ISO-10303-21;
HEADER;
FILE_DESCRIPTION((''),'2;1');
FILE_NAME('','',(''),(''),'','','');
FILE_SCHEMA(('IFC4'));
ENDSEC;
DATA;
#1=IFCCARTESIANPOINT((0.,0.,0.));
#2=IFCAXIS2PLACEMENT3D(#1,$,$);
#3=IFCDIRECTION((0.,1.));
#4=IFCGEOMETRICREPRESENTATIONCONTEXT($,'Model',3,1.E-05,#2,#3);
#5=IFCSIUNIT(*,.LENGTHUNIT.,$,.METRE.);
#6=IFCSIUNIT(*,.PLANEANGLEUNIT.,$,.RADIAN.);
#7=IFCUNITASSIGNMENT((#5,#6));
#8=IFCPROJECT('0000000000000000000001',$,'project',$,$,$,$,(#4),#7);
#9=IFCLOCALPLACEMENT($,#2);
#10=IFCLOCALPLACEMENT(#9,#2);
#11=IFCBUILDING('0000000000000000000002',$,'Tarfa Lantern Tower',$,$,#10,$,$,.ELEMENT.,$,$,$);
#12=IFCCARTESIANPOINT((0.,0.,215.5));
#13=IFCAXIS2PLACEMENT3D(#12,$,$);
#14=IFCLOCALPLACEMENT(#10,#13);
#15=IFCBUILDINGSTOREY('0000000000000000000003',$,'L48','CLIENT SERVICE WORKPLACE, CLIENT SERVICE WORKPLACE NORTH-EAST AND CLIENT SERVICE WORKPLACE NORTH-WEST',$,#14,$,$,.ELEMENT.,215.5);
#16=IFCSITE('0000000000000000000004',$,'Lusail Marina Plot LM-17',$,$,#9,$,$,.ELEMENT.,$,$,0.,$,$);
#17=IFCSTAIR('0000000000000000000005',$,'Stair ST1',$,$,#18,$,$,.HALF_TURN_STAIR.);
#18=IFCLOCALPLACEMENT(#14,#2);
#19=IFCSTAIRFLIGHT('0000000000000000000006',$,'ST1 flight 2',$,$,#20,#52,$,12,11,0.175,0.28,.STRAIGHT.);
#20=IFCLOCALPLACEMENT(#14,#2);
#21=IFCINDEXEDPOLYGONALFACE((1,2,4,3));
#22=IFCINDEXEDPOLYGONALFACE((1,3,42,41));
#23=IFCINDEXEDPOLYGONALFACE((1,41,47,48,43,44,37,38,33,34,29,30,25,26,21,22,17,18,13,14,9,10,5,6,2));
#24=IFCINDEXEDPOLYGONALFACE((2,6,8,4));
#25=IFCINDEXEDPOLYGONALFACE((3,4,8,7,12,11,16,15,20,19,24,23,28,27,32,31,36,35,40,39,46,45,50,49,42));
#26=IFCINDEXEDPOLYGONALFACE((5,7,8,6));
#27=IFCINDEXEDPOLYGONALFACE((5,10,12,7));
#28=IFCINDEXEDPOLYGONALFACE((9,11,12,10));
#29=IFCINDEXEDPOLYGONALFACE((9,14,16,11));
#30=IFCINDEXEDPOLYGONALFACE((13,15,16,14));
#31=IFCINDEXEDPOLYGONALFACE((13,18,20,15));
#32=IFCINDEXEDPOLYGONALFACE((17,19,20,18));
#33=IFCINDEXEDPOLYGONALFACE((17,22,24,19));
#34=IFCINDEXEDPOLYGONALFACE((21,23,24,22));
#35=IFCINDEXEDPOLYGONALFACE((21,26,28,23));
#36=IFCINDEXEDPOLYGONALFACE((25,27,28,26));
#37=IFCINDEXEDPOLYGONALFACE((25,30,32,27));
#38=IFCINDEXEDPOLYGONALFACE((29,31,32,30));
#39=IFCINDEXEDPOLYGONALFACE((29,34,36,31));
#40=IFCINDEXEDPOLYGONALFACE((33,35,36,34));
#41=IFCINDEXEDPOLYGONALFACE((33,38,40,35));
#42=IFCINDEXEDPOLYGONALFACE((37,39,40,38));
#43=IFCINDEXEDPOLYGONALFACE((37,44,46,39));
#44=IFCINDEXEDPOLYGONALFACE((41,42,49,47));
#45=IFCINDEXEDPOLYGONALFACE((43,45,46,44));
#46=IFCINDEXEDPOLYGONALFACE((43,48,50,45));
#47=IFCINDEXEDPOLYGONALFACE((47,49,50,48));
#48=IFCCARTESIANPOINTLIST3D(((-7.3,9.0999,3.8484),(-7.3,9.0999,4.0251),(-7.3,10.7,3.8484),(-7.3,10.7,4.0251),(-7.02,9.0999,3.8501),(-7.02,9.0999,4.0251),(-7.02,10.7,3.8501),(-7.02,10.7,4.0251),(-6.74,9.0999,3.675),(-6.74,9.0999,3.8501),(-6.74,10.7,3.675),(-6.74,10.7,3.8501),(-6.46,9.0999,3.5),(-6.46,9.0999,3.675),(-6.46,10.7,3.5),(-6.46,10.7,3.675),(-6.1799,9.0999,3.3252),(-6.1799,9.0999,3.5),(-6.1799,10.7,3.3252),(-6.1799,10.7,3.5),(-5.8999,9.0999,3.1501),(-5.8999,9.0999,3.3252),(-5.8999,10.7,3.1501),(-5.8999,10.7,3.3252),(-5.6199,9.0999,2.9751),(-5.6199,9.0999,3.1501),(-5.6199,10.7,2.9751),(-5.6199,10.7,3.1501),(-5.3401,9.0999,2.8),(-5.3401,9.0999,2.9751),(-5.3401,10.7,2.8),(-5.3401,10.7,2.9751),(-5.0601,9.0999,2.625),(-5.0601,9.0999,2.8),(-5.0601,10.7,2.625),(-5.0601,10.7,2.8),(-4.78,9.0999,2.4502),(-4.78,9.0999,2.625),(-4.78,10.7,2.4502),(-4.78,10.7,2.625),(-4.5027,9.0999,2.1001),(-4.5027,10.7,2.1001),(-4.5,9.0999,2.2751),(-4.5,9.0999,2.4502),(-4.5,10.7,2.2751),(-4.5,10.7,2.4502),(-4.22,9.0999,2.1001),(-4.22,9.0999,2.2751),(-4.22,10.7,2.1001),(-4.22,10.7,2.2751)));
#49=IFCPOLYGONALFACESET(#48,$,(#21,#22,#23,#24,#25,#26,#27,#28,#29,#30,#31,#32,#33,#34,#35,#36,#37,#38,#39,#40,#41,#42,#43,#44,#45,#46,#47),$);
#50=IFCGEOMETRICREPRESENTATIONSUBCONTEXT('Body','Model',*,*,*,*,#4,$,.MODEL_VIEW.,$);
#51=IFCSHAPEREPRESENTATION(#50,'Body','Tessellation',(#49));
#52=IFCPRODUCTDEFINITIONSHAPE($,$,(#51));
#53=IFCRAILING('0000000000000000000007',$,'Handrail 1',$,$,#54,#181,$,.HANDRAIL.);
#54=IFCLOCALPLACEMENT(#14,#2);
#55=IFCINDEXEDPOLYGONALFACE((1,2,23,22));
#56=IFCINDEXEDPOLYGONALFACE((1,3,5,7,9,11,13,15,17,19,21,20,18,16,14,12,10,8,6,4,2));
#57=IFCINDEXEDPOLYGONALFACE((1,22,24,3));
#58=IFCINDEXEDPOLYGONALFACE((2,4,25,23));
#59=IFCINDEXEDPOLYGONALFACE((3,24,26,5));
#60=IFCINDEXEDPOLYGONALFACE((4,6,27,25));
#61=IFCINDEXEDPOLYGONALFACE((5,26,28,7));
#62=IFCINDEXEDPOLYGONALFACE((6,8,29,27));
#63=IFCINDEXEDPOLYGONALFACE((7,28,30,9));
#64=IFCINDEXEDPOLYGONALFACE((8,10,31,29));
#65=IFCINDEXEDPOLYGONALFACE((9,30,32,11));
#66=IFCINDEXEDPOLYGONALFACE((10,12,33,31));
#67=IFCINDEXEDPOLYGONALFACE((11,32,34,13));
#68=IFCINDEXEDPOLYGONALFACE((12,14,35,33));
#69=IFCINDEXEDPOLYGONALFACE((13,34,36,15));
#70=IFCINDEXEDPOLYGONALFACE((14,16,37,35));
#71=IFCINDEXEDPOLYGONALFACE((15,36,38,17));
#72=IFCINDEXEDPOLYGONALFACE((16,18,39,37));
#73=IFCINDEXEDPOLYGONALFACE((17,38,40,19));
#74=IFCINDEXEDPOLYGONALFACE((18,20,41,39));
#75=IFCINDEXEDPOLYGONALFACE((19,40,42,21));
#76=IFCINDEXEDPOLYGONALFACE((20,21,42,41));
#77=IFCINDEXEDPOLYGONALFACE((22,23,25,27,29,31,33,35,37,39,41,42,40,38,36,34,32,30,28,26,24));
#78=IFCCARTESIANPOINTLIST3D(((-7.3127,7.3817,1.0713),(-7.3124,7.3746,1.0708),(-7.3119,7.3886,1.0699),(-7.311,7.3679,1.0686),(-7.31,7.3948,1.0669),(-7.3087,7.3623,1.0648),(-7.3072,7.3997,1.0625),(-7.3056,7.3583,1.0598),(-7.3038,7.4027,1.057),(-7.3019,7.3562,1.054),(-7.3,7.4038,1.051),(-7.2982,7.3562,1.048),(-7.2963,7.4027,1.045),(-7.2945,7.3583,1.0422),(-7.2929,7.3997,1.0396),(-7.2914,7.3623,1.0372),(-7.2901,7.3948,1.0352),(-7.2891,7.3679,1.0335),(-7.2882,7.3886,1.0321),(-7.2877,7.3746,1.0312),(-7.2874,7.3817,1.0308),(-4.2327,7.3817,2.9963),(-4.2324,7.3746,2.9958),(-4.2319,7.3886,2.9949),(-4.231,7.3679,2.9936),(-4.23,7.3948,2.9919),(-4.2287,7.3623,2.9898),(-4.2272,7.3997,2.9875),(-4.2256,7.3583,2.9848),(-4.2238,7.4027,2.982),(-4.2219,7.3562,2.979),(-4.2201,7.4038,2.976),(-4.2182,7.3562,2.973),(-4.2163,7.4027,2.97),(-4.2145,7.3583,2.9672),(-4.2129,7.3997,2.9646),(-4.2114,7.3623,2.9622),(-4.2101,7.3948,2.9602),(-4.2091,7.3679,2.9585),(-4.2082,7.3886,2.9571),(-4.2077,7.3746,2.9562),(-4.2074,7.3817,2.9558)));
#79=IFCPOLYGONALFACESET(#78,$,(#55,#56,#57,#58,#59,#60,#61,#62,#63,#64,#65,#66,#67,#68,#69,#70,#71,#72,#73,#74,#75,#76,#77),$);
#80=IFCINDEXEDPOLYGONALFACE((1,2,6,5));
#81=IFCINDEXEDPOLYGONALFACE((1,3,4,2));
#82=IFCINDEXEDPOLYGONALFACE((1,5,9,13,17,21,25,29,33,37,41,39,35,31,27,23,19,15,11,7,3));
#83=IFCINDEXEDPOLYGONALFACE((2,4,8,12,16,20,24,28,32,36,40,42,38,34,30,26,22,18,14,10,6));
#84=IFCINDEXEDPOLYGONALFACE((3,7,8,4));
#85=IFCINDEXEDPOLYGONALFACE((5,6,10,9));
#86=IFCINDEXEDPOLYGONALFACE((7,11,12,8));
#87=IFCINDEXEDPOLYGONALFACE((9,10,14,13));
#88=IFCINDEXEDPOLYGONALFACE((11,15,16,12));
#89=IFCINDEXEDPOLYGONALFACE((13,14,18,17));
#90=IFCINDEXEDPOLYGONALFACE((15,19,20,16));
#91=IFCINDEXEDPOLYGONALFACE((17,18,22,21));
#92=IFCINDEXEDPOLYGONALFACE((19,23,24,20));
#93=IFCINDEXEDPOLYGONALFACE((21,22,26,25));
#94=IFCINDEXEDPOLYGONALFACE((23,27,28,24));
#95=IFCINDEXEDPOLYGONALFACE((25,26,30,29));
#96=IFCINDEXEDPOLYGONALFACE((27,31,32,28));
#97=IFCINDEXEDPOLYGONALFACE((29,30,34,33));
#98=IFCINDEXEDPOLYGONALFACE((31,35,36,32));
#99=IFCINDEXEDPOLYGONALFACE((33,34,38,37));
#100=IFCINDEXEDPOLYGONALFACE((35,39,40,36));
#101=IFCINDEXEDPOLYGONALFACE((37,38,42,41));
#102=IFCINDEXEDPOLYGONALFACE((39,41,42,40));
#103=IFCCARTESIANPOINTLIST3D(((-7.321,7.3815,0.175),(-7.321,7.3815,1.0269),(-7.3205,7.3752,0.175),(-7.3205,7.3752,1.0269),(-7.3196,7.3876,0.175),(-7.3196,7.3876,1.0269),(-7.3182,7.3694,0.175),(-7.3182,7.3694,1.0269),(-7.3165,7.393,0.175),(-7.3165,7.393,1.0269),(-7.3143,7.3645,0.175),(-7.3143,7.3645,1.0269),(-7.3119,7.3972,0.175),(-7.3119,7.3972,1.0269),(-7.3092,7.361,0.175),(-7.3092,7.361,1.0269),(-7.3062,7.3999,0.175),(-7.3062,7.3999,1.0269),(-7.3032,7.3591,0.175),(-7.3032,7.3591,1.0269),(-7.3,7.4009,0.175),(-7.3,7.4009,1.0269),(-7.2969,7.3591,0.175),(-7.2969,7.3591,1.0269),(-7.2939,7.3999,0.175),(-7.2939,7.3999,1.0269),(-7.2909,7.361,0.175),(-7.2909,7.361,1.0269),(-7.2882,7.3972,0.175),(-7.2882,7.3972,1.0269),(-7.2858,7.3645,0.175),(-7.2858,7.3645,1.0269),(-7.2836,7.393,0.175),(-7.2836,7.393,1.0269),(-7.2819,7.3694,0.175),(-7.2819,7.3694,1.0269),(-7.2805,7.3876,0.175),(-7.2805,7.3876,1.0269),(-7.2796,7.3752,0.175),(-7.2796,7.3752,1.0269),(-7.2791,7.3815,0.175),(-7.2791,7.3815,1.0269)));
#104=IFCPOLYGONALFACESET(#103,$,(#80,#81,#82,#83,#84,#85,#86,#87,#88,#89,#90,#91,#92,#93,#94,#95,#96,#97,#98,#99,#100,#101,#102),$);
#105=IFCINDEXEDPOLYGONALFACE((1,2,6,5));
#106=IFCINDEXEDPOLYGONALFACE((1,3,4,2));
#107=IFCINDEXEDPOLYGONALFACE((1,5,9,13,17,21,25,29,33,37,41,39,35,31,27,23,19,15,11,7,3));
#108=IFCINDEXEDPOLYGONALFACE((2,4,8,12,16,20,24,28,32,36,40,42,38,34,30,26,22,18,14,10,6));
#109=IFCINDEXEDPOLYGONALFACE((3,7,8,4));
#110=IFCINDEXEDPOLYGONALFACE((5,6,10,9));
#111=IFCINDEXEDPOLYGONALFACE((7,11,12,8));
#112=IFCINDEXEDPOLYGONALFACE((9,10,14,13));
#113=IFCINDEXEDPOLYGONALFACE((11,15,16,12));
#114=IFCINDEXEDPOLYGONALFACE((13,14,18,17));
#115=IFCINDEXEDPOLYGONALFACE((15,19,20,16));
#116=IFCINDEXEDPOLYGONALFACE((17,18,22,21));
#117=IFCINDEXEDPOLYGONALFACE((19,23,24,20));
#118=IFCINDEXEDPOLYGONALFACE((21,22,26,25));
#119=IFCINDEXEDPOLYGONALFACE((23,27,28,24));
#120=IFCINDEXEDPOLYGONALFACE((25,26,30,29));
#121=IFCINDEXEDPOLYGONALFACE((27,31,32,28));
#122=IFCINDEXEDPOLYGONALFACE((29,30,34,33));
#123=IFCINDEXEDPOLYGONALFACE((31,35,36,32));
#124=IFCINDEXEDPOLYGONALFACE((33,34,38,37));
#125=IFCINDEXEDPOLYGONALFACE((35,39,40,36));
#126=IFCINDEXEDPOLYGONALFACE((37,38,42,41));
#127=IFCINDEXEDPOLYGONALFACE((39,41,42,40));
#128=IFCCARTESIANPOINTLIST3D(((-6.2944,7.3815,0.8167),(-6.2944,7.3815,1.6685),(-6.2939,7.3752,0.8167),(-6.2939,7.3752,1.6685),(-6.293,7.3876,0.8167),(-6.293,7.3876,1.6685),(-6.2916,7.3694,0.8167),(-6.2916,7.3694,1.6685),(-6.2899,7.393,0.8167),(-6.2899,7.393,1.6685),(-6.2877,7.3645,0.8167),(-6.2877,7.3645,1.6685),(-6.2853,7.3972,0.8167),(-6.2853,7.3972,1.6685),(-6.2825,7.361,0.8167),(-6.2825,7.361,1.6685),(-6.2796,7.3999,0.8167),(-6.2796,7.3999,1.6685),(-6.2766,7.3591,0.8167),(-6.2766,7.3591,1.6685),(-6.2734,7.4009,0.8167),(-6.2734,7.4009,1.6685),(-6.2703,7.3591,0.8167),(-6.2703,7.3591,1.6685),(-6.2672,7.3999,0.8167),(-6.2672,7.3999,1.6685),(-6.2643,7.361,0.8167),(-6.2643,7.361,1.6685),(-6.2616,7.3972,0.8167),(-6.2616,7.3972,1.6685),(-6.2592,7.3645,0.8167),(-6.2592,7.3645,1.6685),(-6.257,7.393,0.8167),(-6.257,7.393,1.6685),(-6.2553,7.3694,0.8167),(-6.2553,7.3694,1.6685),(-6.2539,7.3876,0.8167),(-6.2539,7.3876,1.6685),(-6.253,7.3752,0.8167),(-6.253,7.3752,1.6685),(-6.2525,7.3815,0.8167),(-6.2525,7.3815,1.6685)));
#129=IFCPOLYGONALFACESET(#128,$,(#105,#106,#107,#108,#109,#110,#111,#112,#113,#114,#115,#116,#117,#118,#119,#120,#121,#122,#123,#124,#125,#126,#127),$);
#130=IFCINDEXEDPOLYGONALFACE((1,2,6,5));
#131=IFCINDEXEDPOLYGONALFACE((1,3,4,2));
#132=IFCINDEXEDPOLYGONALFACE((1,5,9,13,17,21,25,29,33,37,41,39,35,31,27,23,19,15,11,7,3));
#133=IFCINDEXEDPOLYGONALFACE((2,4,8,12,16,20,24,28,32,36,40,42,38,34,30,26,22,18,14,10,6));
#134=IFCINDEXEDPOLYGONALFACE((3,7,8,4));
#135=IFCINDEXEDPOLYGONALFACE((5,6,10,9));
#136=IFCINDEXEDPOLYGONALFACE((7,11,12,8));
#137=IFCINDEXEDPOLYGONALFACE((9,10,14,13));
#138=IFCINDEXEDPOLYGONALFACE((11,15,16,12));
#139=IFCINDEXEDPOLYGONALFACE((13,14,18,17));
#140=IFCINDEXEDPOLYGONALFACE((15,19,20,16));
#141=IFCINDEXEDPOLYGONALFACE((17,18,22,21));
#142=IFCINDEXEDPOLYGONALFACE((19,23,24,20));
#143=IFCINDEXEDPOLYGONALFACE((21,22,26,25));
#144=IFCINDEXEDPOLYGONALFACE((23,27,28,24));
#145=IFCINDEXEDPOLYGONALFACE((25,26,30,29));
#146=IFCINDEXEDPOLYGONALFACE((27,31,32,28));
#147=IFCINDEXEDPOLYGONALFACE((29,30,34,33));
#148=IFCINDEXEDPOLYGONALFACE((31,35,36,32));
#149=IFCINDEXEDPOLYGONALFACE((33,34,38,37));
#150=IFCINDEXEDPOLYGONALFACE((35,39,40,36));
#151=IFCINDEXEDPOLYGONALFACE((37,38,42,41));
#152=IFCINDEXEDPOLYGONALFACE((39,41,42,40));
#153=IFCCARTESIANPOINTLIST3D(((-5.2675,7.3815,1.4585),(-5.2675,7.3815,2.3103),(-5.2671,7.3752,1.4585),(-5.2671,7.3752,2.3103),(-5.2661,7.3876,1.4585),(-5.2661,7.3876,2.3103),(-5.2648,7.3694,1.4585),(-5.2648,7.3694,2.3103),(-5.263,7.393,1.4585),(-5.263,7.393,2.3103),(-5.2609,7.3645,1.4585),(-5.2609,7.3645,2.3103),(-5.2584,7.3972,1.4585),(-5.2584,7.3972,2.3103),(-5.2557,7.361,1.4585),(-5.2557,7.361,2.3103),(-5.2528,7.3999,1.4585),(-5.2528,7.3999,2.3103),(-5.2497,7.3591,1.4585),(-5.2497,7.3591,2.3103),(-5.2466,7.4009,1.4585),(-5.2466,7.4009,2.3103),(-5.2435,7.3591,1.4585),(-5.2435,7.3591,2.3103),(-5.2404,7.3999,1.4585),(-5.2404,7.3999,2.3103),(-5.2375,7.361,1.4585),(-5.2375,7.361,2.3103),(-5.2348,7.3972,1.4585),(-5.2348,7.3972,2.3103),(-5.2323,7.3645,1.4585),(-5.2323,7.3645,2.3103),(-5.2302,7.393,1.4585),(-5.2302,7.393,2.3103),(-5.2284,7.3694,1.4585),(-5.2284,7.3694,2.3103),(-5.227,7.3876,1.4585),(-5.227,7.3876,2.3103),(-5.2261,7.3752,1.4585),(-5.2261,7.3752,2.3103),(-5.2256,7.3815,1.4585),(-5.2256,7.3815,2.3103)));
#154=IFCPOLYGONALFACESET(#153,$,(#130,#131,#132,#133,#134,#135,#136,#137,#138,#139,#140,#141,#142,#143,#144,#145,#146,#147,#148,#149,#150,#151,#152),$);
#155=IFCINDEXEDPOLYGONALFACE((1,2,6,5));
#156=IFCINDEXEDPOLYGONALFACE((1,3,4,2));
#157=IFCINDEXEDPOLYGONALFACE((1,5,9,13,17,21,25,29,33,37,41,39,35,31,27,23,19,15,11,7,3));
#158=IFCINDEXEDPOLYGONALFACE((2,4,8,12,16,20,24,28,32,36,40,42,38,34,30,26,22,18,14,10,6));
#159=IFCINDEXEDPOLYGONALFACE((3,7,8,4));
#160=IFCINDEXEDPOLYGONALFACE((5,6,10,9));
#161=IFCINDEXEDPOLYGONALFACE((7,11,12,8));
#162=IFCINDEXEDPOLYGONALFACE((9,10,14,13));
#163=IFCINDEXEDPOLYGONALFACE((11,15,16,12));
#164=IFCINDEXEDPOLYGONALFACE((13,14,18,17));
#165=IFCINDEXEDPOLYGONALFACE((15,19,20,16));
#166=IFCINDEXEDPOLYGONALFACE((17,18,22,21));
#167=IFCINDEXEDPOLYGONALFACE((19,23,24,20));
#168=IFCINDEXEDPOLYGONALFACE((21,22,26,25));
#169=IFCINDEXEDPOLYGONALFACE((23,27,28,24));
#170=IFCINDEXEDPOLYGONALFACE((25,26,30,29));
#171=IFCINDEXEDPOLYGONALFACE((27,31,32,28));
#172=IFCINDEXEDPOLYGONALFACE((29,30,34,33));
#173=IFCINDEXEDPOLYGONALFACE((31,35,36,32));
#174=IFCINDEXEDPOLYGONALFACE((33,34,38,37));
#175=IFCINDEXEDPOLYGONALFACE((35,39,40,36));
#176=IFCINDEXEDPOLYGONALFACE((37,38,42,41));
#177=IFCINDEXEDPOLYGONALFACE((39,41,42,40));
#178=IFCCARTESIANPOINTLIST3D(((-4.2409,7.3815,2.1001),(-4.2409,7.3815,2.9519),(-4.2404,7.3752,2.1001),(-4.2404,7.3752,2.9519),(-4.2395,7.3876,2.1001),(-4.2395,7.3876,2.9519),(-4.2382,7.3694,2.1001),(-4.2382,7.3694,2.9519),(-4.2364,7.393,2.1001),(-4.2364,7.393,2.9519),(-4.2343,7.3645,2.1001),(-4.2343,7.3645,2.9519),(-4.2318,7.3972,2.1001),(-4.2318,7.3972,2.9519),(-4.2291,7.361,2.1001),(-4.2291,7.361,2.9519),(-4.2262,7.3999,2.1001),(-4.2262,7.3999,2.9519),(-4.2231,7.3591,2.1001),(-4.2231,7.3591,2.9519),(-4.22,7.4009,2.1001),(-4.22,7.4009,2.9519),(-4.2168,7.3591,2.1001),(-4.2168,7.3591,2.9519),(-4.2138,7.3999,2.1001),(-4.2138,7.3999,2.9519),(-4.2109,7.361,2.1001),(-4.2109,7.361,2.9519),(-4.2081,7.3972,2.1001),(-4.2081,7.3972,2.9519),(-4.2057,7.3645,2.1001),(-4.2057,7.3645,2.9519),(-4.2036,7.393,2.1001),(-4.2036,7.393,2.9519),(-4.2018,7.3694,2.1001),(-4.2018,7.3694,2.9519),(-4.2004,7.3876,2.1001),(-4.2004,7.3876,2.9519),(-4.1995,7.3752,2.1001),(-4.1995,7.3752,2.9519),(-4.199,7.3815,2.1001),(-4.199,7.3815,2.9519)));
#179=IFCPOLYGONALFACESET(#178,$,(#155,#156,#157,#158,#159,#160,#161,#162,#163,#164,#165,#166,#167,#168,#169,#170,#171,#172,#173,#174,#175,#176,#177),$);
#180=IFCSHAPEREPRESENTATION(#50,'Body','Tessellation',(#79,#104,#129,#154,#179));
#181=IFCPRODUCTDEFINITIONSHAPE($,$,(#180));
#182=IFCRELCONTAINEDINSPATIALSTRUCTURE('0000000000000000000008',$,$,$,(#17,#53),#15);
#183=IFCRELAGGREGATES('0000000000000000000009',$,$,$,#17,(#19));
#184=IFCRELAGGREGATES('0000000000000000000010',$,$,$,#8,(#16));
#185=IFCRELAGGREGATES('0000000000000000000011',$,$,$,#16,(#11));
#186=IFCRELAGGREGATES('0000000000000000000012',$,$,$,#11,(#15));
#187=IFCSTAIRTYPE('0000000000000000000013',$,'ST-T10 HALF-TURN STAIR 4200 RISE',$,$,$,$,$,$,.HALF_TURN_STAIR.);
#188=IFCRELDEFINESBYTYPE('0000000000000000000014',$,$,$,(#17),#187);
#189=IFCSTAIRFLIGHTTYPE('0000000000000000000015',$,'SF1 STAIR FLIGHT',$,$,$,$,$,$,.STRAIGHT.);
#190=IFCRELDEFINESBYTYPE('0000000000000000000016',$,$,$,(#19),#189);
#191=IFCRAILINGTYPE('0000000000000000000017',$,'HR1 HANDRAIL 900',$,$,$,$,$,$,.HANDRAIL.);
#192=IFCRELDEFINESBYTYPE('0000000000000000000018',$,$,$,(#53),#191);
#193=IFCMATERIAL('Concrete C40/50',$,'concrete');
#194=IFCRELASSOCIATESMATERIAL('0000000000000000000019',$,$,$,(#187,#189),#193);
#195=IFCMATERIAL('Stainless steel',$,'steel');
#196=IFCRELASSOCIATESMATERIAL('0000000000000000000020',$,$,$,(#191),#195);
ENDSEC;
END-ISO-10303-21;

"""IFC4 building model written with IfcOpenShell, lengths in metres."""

from ifc_helpers import new_model, si_unit, direction, frame, origin, origin_2d, place, context, subcontext, project, spatial, polyline, circle, outline, extrude, material, type_object, element, aggregate, save


model = new_model("IFC4")

# Units and contexts
model_context = context("Model", 3, precision=1e-05, world=origin(), true_north=direction((0.0, 1.0)))
body_context = subcontext(model_context, "Body", "Model", "MODEL_VIEW")
ifc_project = project(units=[si_unit("LENGTHUNIT", "METRE"), si_unit("PLANEANGLEUNIT", "RADIAN")], contexts=[model_context])

# Site, building, storey
site_placement = place(None, origin())
site = spatial("IfcSite", under=ifc_project, at=site_placement, Name="Lusail Marina Plot LM-17", CompositionType="ELEMENT", RefElevation=0.0)
building_placement = place(site_placement, origin())
building = spatial("IfcBuilding", under=site, at=building_placement, Name="Tarfa Lantern Tower", CompositionType="ELEMENT")
storey_placement = place(building_placement, frame((0.0, 0.0, 215.5)))
storey = spatial("IfcBuildingStorey", under=building, at=storey_placement, Name="L48", Description="CLIENT SERVICE WORKPLACE, CLIENT SERVICE WORKPLACE NORTH-EAST AND CLIENT SERVICE WORKPLACE NORTH-WEST", CompositionType="ELEMENT", Elevation=215.5)

# Stair, stair flight
ifc_material_1 = material(Name="Concrete C40/50", Category="concrete")
stair_type = type_object("IfcStairType", Name="ST-T10 HALF-TURN STAIR 4200 RISE", PredefinedType="HALF_TURN_STAIR", material=ifc_material_1)
stair_placement = place(storey_placement, origin())
stair = element("IfcStair", 1, at=stair_placement, inside=storey, type_object=stair_type, Name="Stair ST1", PredefinedType="HALF_TURN_STAIR")
stair_flight_type = type_object("IfcStairFlightType", Name="SF1 STAIR FLIGHT", PredefinedType="STRAIGHT", material=ifc_material_1)
stair_flight_1_placement = place(storey_placement, frame((-4.22, 9.8999, 2.1001), z_axis=(0.0, 0.0, 1.0), x_axis=(-1.0, 0.0, 0.0)))
stair_flight_1 = element("IfcStairFlight", 2, at=stair_flight_1_placement, type_object=stair_flight_type, Name="ST1 flight 2", NumberOfRisers=12, NumberOfTreads=11, PredefinedType="STRAIGHT", RiserHeight=0.175, TreadLength=0.28, context=body_context, shape_type="SweptSolid", body=[
    extrude(outline(polyline([(0.0, 0.0), (0.0, 0.175), (0.28, 0.175), (0.28, 0.3501), (0.5601, 0.3501), (0.5601, 0.5249), (0.8401, 0.5249), (0.8401, 0.7), (1.1201, 0.7), (1.1201, 0.875), (1.3999, 0.875), (1.3999, 1.05), (1.6799, 1.05), (1.6799, 1.2251), (1.96, 1.2251), (1.96, 1.3999), (2.24, 1.3999), (2.24, 1.575), (2.52, 1.575), (2.52, 1.75), (2.8, 1.75), (2.8, 1.925), (3.0801, 1.925), (3.0801, 2.1001), (3.0801, 1.7483), (0.2827, 0.0), (0.0, 0.0)])), frame((0.0, 0.8, 0.0), z_axis=(0.0, -1.0, 0.0), x_axis=(1.0, 0.0, 0.0)), (0.0, 0.0, 1.0), 1.6001),
])
aggregate(stair, [stair_flight_1])

# Railing
ifc_material_2 = material(Name="Stainless steel", Category="steel")
railing_type = type_object("IfcRailingType", Name="HR1 HANDRAIL 900", PredefinedType="HANDRAIL", material=ifc_material_2)
railing_1_placement = place(storey_placement, frame((-7.3, 7.3799, 0.175)))
element("IfcRailing", 3, at=railing_1_placement, inside=storey, type_object=railing_type, Name="Handrail 1", PredefinedType="HANDRAIL", context=body_context, shape_type="SweptSolid", body=[
    extrude(circle(Radius=0.0239, at=origin_2d()), frame((0.0, 0.0, 0.876), z_axis=(0.847998, 0.0, 0.529999), x_axis=(0.0, 1.0, 0.0)), (0.0, 0.0, 1.0), 3.6321),
    extrude(circle(Radius=0.021, at=origin_2d()), frame((0.0, 0.0, 0.0), z_axis=(0.0, 0.0, 1.0), x_axis=(0.0, 1.0, 0.0)), (0.0, 0.0, 1.0), 0.8518),
    extrude(circle(Radius=0.021, at=origin_2d()), frame((1.0266, 0.0, 0.6416), z_axis=(0.0, 0.0, 1.0), x_axis=(0.0, 1.0, 0.0)), (0.0, 0.0, 1.0), 0.8518),
    extrude(circle(Radius=0.021, at=origin_2d()), frame((2.0535, 0.0, 1.2834), z_axis=(0.0, 0.0, 1.0), x_axis=(0.0, 1.0, 0.0)), (0.0, 0.0, 1.0), 0.8518),
    extrude(circle(Radius=0.021, at=origin_2d()), frame((3.0801, 0.0, 1.925), z_axis=(0.0, 0.0, 1.0), x_axis=(0.0, 1.0, 0.0)), (0.0, 0.0, 1.0), 0.8518),
])

save(model, "model.ifc")
